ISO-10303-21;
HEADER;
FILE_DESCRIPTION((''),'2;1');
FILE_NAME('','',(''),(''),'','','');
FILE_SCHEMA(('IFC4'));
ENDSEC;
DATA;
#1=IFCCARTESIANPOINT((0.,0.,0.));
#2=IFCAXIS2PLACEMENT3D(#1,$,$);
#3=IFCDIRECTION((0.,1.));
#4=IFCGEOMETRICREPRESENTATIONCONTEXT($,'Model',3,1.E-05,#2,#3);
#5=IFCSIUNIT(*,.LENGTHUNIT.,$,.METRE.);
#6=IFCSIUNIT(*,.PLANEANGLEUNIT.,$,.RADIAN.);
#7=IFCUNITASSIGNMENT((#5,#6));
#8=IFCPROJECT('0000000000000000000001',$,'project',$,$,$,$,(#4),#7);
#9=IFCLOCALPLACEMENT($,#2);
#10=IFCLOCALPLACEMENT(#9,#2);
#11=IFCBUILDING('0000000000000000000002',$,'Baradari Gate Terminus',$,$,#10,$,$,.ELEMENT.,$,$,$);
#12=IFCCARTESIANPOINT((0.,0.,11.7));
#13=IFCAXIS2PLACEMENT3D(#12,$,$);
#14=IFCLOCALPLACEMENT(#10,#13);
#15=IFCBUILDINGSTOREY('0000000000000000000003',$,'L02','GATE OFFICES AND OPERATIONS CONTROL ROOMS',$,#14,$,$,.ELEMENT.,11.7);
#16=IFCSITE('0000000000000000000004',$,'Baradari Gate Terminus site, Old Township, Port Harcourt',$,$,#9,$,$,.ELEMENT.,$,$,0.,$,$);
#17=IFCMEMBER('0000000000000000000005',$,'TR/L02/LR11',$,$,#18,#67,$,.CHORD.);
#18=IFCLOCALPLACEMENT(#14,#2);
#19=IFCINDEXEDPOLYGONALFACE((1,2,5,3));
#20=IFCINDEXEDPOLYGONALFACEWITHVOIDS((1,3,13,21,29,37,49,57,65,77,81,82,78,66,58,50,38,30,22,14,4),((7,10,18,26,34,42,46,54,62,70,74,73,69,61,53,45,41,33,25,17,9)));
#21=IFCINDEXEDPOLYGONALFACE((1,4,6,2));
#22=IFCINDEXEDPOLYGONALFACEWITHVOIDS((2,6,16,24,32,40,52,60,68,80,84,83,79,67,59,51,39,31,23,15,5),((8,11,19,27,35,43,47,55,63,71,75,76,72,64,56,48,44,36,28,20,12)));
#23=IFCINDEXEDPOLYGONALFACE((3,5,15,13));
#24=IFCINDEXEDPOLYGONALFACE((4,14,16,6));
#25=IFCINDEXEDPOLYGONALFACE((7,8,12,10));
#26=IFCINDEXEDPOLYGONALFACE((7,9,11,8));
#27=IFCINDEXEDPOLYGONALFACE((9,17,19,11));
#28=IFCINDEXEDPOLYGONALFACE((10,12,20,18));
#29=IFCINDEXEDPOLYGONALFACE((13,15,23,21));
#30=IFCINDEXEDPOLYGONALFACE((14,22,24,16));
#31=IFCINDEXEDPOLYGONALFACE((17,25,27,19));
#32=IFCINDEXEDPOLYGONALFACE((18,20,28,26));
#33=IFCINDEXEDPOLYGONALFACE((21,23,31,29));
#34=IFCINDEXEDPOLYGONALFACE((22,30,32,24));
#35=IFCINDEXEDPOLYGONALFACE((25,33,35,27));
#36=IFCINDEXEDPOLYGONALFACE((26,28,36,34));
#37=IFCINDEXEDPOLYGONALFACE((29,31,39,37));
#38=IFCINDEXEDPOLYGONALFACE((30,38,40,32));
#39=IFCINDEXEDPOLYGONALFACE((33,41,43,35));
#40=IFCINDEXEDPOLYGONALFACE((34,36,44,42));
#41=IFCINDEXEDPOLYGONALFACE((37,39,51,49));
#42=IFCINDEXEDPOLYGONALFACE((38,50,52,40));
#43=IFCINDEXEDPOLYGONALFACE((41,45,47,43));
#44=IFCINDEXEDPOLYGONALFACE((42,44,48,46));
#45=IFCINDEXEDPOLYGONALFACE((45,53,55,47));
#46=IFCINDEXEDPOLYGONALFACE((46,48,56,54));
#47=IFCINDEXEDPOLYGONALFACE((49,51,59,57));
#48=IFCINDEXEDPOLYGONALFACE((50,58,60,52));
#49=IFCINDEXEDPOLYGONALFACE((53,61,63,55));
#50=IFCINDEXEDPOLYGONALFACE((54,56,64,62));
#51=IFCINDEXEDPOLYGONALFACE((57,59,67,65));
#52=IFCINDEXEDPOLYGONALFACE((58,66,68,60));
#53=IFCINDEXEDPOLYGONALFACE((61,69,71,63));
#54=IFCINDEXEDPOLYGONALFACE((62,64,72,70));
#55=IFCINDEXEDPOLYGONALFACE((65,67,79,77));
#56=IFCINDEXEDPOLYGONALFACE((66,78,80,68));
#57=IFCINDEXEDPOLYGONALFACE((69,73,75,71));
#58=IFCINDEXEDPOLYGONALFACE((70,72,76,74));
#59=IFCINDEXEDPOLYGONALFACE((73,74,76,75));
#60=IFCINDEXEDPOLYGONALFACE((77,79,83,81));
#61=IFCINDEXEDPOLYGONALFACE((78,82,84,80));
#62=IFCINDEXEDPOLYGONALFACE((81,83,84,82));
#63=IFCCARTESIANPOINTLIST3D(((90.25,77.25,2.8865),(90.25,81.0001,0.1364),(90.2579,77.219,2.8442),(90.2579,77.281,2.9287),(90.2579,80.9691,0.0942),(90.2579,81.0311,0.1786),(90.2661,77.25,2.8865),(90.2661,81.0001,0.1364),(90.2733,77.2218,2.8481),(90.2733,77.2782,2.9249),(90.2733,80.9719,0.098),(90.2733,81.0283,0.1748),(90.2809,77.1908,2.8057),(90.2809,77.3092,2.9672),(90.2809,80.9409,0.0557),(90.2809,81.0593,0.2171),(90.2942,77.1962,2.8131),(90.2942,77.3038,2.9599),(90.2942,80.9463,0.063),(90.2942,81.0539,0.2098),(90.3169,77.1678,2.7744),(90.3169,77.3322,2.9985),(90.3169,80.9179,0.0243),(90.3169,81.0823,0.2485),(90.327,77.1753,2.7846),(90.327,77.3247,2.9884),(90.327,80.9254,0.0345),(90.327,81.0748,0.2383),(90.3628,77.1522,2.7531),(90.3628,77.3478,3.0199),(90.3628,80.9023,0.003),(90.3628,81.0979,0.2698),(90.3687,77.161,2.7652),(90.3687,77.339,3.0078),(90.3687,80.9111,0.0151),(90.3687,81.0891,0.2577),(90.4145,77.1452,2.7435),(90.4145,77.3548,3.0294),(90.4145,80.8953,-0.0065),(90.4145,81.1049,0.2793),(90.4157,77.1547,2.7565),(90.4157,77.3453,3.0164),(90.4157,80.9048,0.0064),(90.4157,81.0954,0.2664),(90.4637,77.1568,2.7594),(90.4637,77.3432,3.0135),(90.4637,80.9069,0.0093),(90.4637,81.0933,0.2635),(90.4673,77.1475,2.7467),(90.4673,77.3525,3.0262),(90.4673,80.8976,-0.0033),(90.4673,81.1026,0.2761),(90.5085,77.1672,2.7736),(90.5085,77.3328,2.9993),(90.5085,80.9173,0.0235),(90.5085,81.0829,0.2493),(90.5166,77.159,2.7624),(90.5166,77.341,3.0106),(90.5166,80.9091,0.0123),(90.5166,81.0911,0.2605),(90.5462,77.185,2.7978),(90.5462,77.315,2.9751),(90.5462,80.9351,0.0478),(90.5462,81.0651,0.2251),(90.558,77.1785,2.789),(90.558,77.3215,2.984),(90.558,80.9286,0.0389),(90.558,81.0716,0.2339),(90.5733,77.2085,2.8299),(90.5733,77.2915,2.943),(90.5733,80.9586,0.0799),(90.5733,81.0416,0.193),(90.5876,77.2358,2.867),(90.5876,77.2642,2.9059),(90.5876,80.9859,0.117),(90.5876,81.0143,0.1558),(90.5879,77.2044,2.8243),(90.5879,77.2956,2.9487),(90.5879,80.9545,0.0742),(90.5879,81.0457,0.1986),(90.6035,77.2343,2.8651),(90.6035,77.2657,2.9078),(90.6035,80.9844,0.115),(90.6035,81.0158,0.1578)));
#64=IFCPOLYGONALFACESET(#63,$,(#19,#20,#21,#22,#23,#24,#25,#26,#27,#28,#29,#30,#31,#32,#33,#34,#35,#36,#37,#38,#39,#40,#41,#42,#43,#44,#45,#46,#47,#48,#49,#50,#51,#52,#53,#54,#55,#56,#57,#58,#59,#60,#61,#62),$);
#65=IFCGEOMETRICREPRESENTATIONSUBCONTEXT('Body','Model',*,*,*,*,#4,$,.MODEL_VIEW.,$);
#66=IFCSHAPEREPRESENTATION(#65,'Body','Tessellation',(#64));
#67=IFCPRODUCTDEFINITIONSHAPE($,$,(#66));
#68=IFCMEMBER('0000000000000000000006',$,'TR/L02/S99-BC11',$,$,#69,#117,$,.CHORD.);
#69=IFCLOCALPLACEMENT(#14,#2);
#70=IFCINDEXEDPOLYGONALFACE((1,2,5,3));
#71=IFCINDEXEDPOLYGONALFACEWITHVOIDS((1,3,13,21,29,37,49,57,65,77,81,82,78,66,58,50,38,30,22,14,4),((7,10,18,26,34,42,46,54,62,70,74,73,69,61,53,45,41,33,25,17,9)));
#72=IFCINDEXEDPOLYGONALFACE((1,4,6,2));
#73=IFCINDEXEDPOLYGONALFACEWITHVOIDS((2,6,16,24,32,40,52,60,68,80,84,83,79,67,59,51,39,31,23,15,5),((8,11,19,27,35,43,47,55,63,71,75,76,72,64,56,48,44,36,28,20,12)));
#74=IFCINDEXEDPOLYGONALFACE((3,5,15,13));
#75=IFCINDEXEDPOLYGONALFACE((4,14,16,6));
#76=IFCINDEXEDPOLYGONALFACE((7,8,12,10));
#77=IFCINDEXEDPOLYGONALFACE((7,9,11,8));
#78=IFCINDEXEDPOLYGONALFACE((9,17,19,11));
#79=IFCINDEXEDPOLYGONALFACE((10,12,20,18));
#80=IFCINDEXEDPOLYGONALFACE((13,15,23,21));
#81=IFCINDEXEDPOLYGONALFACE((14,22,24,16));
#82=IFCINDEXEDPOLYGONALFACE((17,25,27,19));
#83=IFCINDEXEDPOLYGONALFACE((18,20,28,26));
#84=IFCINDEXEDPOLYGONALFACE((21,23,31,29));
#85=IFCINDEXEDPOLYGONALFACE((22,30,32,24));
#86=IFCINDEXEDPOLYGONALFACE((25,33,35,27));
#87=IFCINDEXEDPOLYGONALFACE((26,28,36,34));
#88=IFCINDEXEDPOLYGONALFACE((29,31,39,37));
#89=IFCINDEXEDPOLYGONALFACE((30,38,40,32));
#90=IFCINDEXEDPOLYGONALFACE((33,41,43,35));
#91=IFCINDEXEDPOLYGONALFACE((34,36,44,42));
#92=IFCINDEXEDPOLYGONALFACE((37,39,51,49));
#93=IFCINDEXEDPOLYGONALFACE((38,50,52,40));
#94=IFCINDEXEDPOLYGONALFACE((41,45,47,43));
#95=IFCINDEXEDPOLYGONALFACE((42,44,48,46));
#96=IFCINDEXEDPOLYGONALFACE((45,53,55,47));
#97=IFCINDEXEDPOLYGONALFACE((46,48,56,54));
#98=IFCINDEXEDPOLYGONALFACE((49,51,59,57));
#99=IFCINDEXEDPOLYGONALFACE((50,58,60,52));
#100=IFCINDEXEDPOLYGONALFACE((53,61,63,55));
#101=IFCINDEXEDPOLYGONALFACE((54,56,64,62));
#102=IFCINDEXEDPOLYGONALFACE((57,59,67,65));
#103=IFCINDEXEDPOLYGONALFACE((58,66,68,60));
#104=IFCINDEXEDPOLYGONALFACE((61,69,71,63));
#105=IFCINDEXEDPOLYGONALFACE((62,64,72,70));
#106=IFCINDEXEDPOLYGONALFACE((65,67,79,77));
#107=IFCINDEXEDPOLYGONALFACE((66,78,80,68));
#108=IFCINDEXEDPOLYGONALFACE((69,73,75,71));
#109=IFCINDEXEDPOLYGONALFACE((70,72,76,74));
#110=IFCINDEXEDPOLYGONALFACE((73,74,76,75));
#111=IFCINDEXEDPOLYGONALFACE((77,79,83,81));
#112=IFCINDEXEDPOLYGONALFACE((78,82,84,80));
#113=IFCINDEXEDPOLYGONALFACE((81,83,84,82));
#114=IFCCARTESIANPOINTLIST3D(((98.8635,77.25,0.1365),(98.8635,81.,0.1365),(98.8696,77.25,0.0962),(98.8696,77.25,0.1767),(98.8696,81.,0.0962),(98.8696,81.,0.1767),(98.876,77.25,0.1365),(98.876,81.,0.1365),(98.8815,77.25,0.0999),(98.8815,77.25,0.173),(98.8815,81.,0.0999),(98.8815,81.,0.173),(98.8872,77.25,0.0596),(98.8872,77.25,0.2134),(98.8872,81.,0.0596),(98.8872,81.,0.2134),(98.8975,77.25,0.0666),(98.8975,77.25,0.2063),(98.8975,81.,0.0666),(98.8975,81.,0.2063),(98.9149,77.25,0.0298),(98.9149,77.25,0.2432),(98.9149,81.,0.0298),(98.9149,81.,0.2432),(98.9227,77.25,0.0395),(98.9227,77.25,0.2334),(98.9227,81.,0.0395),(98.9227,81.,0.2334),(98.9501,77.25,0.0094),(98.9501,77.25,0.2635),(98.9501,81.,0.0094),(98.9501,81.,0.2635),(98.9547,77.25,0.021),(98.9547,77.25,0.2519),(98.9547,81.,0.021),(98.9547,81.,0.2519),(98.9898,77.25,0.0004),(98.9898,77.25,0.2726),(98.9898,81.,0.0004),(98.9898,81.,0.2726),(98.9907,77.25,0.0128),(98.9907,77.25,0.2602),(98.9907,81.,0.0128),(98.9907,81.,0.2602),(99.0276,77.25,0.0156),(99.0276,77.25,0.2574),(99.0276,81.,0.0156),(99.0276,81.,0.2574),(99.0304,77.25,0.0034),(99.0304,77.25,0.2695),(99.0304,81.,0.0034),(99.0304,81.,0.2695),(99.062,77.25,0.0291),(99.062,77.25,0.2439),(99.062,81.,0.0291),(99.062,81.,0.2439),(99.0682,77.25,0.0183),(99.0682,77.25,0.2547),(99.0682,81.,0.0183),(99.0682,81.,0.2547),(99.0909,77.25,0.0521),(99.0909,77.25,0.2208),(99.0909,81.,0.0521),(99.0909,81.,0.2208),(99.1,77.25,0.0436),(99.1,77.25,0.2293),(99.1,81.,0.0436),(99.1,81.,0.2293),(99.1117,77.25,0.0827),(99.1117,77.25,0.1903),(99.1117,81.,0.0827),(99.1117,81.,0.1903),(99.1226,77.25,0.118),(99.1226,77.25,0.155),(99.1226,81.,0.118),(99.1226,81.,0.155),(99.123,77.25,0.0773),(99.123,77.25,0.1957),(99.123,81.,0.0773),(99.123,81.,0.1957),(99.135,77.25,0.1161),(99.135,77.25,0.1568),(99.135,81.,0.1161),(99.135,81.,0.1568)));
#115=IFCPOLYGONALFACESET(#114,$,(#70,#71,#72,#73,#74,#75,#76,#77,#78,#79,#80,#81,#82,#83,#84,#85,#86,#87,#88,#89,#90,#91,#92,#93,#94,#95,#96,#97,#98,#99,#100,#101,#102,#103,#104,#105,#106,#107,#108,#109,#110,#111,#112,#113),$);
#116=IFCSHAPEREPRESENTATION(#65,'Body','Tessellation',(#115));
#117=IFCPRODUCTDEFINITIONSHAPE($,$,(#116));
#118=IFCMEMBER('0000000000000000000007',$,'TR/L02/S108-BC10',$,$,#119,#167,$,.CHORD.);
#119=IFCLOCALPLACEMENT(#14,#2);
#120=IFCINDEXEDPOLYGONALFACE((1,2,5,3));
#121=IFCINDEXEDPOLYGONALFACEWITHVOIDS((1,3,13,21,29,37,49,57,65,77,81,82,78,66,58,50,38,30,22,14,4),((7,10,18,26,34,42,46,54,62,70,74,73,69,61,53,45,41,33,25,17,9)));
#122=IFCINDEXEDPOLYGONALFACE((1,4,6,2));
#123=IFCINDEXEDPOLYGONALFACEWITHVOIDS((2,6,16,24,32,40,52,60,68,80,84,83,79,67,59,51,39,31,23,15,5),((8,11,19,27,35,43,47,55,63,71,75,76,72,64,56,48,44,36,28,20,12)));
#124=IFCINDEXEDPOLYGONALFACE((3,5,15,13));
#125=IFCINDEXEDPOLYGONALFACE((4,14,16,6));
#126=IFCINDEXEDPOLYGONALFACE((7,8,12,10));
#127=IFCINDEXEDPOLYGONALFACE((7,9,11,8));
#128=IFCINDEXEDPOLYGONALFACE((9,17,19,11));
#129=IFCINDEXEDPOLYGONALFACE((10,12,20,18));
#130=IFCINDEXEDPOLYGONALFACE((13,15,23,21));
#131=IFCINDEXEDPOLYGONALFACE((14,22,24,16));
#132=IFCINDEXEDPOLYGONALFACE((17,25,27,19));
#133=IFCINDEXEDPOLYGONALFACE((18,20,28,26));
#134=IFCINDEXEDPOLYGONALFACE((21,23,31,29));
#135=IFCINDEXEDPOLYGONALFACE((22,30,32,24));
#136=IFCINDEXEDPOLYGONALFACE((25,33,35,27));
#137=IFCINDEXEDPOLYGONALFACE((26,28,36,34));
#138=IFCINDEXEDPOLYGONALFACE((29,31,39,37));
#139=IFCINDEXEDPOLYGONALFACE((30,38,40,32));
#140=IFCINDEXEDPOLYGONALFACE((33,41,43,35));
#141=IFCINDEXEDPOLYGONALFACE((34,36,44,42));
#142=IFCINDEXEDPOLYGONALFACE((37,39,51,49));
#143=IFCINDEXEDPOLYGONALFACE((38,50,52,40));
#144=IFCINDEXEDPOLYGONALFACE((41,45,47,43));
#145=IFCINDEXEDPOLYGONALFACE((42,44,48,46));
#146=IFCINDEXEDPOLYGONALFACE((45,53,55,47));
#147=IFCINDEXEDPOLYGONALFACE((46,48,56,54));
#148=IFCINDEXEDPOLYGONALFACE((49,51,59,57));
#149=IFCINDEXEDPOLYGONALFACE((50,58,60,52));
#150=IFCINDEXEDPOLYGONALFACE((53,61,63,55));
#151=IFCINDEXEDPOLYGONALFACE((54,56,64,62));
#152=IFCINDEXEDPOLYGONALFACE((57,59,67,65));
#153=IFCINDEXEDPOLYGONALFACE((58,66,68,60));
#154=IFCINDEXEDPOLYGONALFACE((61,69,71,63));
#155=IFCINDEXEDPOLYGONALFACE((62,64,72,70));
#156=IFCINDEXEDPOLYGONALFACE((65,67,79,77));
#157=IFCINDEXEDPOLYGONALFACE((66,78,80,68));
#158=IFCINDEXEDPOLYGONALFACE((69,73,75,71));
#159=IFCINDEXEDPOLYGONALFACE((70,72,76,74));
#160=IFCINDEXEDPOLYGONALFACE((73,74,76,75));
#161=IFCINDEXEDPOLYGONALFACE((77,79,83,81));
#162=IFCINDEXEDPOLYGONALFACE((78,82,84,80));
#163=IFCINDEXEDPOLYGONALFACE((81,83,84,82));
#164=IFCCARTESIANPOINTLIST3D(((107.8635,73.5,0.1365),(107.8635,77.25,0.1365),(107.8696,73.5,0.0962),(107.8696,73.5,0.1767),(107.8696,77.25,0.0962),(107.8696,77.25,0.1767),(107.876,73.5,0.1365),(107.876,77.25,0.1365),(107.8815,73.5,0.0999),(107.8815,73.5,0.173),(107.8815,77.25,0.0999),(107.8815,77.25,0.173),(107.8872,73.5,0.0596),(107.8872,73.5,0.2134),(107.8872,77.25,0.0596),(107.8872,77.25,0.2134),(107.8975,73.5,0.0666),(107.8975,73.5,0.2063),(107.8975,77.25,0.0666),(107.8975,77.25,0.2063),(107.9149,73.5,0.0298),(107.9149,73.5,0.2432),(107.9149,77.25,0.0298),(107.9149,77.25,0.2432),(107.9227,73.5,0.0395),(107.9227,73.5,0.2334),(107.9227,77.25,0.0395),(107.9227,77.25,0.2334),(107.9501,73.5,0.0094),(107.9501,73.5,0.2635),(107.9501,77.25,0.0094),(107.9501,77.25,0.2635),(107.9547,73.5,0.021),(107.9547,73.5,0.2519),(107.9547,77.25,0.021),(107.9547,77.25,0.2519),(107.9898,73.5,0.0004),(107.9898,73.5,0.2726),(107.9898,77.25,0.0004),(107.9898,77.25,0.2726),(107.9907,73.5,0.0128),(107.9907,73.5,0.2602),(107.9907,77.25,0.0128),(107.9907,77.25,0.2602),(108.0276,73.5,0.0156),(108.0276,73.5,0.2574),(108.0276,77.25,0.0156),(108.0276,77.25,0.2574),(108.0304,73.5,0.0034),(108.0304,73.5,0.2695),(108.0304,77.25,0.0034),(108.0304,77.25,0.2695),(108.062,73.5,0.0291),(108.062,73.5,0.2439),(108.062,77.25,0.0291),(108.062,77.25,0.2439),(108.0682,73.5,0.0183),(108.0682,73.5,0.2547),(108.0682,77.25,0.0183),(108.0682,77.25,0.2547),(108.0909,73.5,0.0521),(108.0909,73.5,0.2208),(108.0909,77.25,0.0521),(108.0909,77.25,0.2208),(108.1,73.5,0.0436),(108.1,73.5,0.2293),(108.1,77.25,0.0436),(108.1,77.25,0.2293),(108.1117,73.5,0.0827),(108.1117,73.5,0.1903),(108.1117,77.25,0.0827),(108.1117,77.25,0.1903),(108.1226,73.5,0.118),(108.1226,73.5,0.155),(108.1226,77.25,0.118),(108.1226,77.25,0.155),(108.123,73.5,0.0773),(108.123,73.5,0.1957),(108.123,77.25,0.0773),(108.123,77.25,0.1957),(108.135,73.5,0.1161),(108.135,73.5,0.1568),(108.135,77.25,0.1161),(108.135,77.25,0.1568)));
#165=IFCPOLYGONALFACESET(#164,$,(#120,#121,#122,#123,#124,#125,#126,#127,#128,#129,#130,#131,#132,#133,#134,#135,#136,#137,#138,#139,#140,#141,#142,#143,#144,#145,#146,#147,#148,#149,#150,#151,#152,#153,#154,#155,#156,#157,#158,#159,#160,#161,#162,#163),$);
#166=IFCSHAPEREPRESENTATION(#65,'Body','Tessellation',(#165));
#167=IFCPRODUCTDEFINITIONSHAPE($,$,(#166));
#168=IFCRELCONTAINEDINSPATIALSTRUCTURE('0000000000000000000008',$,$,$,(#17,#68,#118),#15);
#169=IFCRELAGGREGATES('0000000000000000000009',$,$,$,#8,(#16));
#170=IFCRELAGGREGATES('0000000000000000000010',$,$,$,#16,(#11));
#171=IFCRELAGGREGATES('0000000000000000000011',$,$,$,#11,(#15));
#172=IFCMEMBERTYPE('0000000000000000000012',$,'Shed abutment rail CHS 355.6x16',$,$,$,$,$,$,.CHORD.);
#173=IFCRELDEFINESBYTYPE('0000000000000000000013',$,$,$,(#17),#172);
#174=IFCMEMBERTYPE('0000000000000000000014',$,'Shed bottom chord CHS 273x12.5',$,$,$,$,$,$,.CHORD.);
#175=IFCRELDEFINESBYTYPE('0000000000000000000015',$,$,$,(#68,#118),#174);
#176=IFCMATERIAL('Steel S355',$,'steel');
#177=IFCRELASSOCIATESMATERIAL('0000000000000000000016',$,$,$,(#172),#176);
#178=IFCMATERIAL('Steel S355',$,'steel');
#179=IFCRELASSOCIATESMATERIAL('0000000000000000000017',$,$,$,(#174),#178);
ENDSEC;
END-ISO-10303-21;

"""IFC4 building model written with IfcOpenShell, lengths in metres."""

from ifc_helpers import new_model, si_unit, direction, frame, origin, origin_2d, place, context, subcontext, project, spatial, hollow_circle, extrude, material, material_profile, profile_set, type_object, element, save


model = new_model("IFC4")

# Units and contexts
model_context = context("Model", 3, precision=1e-05, world=origin(), true_north=direction((0.0, 1.0)))
body_context = subcontext(model_context, "Body", "Model", "MODEL_VIEW")
ifc_project = project(units=[si_unit("LENGTHUNIT", "METRE"), si_unit("PLANEANGLEUNIT", "RADIAN")], contexts=[model_context])

# Site, building, storey
site_placement = place(None, origin())
site = spatial("IfcSite", under=ifc_project, at=site_placement, Name="Baradari Gate Terminus site, Old Township, Port Harcourt", CompositionType="ELEMENT", RefElevation=0.0)
building_placement = place(site_placement, origin())
building = spatial("IfcBuilding", under=site, at=building_placement, Name="Baradari Gate Terminus", CompositionType="ELEMENT")
storey_placement = place(building_placement, frame((0.0, 0.0, 11.7)))
storey = spatial("IfcBuildingStorey", under=building, at=storey_placement, Name="L02", Description="GATE OFFICES AND OPERATIONS CONTROL ROOMS", CompositionType="ELEMENT", Elevation=11.7)

# Members
ifc_material_1 = material(Name="Steel S355", Category="steel")
ifc_material_profile_1 = material_profile(ifc_material_1, hollow_circle(Radius=0.1777, WallThickness=0.0161, at=origin_2d()), Name="CHS 355.6x16")
ifc_profile_set_1 = profile_set([ifc_material_profile_1], Name="Steel S355")
member_type_1 = type_object("IfcMemberType", Name="Shed abutment rail CHS 355.6x16", PredefinedType="CHORD", material=ifc_profile_set_1)
member_1_placement = place(storey_placement, frame((90.4277, 77.25, 2.8865), z_axis=(0.0, 0.806405, -0.591364), x_axis=(-1.0, 0.0, 0.0)))
element("IfcMember", 1, at=member_1_placement, inside=storey, type_object=member_type_1, Name="TR/L02/LR11", PredefinedType="CHORD", context=body_context, shape_type="SweptSolid", body=[
    extrude(hollow_circle(Radius=0.1777, WallThickness=0.0161, at=origin_2d()), origin(), (0.0, 0.0, 1.0), 4.6504),
])
ifc_material_2 = material(Name="Steel S355", Category="steel")
ifc_material_profile_2 = material_profile(ifc_material_2, hollow_circle(Radius=0.1365, WallThickness=0.0125, at=origin_2d()), Name="CHS 273x12.5")
ifc_profile_set_2 = profile_set([ifc_material_profile_2], Name="Steel S355")
member_type_2 = type_object("IfcMemberType", Name="Shed bottom chord CHS 273x12.5", PredefinedType="CHORD", material=ifc_profile_set_2)
for number, where, z_axis, x_axis, name in (
    (2, (99.0, 77.25, 0.1365), (0.0, 1.0, 0.0), (-1.0, 0.0, 0.0), "TR/L02/S99-BC11"),
    (3, (108.0, 73.5, 0.1365), (0.0, 1.0, 0.0), (-1.0, 0.0, 0.0), "TR/L02/S108-BC10"),
):
    element("IfcMember", number, at=place(storey_placement, frame(where, z_axis=z_axis, x_axis=x_axis)), inside=storey, type_object=member_type_2, Name=name, PredefinedType="CHORD", context=body_context, shape_type="SweptSolid", body=[
        extrude(hollow_circle(Radius=0.1365, WallThickness=0.0125, at=origin_2d()), origin(), (0.0, 0.0, 1.0), 3.75),
    ])

save(model, "model.ifc")
